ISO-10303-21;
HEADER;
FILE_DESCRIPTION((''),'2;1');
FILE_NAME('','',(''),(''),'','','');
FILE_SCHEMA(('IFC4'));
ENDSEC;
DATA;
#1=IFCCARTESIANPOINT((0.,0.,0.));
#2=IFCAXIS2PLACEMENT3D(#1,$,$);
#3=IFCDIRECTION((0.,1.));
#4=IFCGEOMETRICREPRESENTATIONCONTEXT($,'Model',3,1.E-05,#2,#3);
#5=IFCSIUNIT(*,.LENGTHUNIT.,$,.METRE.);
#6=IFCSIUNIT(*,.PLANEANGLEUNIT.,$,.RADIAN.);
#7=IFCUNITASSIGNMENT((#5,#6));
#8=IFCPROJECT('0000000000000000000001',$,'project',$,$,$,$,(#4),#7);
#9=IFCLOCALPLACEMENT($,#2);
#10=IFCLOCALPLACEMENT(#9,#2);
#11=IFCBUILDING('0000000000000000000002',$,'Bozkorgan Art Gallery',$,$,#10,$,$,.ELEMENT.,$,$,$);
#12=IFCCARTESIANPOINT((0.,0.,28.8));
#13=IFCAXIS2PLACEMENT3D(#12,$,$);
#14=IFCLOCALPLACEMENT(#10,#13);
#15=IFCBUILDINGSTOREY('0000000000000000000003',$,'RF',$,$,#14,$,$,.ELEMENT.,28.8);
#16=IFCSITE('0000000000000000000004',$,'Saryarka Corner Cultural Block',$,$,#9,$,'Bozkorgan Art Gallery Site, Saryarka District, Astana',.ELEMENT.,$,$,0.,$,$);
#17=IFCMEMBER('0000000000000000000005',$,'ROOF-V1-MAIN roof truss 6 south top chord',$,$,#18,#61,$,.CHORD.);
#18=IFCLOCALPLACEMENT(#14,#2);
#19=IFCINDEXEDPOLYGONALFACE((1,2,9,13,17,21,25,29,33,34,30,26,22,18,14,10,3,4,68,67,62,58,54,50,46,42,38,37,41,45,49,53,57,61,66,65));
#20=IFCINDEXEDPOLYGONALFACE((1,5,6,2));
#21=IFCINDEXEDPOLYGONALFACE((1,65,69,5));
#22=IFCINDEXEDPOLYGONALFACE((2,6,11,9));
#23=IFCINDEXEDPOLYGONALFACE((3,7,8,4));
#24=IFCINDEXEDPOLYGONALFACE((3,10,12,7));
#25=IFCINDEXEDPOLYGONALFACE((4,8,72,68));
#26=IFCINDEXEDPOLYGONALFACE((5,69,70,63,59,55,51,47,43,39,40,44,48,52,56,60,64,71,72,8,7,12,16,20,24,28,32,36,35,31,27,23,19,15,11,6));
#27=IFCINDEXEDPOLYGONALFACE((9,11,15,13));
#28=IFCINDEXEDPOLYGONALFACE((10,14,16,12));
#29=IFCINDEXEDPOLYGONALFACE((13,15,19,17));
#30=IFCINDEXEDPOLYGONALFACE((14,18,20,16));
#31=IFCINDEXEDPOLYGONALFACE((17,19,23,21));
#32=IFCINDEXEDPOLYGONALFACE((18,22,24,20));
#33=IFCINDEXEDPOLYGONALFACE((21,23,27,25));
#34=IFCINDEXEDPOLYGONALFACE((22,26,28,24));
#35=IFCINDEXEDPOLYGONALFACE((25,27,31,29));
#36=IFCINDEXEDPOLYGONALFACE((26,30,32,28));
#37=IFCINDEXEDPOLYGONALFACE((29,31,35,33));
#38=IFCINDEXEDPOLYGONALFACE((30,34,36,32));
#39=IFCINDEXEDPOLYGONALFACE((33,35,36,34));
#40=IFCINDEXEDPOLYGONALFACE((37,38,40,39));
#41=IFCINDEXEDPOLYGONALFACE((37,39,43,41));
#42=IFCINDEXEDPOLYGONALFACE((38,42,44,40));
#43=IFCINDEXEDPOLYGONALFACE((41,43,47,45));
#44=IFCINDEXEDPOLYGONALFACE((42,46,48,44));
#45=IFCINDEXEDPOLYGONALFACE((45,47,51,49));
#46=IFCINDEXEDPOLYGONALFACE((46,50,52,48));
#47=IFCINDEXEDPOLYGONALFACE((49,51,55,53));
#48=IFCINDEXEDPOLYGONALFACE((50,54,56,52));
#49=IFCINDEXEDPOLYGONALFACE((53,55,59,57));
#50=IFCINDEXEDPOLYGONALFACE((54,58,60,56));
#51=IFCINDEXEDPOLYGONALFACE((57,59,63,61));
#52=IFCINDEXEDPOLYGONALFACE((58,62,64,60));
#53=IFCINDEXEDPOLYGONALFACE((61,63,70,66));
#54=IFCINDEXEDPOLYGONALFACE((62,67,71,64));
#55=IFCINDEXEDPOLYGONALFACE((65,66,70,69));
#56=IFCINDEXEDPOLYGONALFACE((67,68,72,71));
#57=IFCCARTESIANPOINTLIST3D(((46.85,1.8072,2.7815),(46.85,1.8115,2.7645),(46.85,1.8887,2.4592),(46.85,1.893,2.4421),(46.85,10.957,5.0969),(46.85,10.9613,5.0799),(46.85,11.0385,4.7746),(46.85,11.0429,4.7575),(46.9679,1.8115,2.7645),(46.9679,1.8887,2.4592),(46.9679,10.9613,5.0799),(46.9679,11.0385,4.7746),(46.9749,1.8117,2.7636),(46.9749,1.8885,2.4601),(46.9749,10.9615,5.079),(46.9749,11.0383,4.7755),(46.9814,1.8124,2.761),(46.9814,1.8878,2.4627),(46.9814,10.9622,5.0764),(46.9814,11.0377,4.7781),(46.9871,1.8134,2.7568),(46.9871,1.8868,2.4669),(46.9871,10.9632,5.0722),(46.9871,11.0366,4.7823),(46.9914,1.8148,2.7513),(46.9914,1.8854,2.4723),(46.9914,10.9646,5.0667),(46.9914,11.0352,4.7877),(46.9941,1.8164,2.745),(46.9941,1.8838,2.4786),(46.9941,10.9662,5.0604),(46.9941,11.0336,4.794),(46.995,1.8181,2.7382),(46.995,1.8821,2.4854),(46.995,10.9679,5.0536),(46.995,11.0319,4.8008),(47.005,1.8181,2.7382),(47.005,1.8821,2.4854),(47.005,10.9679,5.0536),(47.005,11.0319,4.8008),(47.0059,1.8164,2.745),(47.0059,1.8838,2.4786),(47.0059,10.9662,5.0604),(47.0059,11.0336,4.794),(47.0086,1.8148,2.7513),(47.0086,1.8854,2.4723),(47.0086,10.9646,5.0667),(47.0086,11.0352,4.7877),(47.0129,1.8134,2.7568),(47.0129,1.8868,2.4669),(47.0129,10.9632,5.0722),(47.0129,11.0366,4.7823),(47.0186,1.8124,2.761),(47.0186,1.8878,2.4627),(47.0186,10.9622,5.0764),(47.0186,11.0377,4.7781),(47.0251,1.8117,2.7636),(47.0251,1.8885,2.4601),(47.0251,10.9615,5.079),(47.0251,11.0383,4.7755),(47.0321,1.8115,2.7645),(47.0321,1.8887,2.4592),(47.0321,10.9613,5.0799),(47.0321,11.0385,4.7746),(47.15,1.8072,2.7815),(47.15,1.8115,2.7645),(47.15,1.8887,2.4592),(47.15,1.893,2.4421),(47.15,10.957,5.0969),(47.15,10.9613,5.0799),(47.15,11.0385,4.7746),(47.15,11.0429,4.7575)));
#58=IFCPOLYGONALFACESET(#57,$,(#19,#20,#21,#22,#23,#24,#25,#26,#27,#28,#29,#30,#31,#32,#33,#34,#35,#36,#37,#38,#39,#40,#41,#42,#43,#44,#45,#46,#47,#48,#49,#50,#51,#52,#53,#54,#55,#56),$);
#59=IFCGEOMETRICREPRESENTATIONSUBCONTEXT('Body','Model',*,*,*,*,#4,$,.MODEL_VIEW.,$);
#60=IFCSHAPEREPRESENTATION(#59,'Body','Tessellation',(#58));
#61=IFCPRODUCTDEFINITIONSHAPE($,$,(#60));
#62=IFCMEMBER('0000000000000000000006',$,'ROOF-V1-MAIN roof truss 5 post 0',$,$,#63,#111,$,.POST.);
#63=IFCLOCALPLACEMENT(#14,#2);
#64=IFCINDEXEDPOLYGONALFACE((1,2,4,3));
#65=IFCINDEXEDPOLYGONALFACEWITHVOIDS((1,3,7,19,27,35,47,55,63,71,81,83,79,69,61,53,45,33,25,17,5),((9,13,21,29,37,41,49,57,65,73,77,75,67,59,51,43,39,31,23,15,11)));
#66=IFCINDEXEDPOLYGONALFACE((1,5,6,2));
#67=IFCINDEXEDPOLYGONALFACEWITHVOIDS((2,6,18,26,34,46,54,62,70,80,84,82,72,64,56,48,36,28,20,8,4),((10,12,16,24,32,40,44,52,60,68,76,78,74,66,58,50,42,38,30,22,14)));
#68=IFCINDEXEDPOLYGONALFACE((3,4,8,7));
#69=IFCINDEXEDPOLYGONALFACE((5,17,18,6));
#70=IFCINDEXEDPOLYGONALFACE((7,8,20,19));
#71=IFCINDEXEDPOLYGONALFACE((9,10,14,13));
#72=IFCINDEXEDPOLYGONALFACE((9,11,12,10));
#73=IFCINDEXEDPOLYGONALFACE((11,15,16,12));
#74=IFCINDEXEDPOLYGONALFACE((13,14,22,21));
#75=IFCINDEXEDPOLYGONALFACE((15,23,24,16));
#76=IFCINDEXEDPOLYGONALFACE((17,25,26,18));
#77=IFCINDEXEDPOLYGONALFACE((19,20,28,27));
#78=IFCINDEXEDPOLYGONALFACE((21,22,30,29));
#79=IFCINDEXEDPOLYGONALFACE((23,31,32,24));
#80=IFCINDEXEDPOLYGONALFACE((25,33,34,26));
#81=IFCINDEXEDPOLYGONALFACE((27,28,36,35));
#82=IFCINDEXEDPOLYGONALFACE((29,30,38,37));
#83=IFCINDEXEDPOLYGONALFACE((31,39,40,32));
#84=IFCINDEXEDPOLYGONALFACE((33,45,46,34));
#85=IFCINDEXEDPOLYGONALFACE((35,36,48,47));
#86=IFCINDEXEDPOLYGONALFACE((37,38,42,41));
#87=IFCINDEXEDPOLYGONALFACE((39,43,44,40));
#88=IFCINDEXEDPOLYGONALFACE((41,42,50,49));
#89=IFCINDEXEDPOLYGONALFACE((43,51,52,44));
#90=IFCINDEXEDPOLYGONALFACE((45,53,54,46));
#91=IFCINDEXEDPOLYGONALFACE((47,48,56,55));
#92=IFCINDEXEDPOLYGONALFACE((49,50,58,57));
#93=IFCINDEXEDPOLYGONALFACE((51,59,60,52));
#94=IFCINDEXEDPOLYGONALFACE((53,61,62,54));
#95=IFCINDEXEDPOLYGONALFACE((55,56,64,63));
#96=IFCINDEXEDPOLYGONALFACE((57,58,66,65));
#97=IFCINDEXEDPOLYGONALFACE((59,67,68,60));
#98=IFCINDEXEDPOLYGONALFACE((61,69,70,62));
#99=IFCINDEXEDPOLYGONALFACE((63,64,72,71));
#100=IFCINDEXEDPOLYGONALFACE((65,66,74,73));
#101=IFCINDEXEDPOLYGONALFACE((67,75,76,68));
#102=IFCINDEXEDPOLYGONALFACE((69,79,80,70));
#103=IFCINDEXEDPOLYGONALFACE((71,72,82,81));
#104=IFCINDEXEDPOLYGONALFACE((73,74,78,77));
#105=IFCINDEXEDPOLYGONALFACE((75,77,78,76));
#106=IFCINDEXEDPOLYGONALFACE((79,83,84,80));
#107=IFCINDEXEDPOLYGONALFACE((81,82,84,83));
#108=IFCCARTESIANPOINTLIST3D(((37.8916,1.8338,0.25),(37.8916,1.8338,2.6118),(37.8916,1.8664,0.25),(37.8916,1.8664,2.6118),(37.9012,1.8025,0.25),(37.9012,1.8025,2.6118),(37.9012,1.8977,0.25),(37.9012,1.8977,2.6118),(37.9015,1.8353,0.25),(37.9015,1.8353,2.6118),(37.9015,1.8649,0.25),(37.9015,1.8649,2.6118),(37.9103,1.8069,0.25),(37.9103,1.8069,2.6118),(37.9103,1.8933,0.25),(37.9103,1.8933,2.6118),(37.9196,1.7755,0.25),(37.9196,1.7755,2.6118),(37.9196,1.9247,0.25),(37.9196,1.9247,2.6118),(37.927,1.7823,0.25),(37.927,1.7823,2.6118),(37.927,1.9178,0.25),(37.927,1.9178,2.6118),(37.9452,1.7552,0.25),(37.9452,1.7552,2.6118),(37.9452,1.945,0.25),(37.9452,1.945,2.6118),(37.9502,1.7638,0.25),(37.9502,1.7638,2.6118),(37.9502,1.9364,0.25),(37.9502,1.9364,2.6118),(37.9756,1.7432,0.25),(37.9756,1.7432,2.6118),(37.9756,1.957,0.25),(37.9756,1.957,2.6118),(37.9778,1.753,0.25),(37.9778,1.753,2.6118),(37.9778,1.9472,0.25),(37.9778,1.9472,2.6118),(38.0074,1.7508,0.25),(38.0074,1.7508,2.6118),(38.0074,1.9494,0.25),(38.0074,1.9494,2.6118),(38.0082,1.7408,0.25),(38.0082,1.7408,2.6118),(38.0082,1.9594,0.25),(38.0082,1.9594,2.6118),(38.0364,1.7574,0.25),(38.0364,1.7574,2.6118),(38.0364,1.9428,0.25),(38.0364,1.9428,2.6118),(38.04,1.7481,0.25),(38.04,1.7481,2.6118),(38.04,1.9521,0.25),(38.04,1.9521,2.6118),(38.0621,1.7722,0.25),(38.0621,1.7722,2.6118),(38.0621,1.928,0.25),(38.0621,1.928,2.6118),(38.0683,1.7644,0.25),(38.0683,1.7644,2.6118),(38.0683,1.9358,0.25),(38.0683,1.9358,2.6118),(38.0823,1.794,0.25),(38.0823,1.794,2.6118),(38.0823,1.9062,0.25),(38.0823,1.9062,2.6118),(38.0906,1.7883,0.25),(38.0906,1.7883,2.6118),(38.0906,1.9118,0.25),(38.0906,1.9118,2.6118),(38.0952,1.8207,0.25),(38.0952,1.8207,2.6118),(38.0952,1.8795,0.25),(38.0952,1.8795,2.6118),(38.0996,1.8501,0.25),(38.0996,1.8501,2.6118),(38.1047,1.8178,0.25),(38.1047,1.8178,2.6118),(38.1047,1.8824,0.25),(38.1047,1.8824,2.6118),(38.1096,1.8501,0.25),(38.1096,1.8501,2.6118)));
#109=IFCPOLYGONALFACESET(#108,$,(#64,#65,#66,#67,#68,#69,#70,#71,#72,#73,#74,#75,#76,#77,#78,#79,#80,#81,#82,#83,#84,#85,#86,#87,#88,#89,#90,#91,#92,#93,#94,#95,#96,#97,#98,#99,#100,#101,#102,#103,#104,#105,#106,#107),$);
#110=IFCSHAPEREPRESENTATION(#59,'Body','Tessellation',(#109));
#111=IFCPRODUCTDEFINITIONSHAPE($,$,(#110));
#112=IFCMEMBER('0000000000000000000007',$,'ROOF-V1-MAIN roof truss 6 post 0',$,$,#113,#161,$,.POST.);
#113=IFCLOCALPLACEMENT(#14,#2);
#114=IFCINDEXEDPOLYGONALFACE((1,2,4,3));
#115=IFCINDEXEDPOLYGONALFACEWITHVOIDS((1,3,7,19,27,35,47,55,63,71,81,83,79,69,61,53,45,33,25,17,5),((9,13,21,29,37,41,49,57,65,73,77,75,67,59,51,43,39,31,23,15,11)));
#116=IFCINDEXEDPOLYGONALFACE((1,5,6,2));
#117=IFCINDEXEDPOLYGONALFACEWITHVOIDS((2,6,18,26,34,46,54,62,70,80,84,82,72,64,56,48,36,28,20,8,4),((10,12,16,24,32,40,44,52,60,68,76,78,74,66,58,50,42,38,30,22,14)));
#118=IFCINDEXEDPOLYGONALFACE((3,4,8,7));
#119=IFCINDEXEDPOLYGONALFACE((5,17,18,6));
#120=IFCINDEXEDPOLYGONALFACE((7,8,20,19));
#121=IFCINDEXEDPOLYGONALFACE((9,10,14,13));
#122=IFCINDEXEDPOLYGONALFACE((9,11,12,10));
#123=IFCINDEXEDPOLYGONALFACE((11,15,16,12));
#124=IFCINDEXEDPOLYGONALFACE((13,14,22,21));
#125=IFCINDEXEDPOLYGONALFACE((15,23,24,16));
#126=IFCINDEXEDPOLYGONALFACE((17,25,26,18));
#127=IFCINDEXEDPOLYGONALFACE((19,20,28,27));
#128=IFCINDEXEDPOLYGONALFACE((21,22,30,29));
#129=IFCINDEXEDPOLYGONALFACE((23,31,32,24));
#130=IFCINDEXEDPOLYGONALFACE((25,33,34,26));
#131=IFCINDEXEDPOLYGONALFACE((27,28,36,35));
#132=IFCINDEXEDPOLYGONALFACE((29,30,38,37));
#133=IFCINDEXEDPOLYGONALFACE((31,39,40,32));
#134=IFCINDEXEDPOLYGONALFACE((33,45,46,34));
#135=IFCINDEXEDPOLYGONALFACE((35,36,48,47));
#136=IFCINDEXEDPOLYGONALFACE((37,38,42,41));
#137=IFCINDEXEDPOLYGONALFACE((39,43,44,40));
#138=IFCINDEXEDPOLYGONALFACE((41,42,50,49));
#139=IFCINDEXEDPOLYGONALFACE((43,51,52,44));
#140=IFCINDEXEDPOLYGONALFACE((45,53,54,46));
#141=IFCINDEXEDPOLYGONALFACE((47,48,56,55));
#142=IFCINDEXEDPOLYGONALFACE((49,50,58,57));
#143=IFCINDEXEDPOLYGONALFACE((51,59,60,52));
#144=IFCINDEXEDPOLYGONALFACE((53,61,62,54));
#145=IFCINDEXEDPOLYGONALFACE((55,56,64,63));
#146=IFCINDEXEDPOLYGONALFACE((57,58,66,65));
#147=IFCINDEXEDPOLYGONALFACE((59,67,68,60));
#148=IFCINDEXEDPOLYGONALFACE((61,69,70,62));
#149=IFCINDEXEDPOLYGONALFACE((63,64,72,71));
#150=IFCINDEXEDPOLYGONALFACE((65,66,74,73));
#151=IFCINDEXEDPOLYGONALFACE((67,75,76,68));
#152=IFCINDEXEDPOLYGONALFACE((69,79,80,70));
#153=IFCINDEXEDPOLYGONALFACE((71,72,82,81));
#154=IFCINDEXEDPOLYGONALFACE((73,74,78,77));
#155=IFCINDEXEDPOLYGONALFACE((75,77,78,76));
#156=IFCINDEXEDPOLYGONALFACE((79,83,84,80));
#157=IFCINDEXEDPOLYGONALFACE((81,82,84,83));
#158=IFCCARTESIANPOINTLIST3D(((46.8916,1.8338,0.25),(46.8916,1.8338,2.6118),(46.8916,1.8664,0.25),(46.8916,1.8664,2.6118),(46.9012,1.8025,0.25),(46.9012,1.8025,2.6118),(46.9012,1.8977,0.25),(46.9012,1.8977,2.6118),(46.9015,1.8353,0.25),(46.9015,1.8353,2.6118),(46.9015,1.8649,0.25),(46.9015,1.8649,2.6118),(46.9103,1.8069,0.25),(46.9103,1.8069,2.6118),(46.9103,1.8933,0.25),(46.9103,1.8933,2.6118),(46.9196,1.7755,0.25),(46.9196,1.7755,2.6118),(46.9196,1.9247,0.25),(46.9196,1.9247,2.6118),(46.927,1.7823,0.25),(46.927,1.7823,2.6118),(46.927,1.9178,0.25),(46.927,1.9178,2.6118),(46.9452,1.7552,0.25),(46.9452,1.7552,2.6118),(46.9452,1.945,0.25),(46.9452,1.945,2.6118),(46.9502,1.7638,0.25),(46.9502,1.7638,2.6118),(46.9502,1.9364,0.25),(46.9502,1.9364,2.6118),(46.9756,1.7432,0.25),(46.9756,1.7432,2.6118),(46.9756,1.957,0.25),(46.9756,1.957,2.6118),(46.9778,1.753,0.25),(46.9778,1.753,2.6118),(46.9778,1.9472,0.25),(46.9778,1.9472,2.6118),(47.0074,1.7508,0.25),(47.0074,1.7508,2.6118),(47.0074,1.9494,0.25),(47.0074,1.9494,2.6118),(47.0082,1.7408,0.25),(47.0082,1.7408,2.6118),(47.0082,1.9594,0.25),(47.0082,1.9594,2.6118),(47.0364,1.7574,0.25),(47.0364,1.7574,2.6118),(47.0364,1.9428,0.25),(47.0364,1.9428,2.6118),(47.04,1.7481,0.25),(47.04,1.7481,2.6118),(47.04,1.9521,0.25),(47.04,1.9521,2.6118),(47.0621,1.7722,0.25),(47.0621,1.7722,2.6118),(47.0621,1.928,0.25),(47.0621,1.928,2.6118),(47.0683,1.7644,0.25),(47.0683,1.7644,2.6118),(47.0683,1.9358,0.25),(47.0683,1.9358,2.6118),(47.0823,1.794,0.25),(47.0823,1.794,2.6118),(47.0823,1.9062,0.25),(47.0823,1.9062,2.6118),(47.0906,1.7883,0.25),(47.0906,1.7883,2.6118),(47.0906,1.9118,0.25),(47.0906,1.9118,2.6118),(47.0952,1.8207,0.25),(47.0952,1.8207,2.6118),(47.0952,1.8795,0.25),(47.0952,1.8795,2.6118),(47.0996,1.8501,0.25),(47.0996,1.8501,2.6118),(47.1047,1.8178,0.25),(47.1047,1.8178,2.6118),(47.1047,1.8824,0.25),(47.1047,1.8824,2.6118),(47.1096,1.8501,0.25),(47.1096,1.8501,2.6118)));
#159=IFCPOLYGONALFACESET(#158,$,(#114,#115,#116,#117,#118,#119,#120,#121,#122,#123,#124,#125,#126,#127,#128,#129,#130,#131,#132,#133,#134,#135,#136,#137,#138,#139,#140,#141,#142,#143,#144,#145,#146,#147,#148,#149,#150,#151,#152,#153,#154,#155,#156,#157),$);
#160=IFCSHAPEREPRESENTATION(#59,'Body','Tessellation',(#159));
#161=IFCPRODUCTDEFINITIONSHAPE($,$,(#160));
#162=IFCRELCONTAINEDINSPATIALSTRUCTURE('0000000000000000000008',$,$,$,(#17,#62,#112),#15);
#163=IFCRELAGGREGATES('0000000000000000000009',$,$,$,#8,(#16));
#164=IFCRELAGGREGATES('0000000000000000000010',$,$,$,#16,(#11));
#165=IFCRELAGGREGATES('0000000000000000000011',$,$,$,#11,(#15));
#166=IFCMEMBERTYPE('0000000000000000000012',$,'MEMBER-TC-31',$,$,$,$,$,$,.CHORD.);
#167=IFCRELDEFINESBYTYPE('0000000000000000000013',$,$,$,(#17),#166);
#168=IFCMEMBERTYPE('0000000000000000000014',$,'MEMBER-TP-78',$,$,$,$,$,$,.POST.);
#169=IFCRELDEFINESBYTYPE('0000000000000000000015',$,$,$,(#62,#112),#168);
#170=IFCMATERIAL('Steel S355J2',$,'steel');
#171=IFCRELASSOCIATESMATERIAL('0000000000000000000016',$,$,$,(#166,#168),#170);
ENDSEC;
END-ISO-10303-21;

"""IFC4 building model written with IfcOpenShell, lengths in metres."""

from ifc_helpers import new_model, si_unit, direction, frame, origin, origin_2d, place, context, subcontext, project, spatial, hollow_circle, i_section, extrude, material, material_profile, profile_set, type_object, element, save


model = new_model("IFC4")

# Units and contexts
model_context = context("Model", 3, precision=1e-05, world=origin(), true_north=direction((0.0, 1.0)))
body_context = subcontext(model_context, "Body", "Model", "MODEL_VIEW")
ifc_project = project(units=[si_unit("LENGTHUNIT", "METRE"), si_unit("PLANEANGLEUNIT", "RADIAN")], contexts=[model_context])

# Site, building, storey
site_placement = place(None, origin())
site = spatial("IfcSite", under=ifc_project, at=site_placement, Name="Saryarka Corner Cultural Block", LongName="Bozkorgan Art Gallery Site, Saryarka District, Astana", CompositionType="ELEMENT", RefElevation=0.0)
building_placement = place(site_placement, origin())
building = spatial("IfcBuilding", under=site, at=building_placement, Name="Bozkorgan Art Gallery", CompositionType="ELEMENT")
storey_placement = place(building_placement, frame((0.0, 0.0, 28.8)))
storey = spatial("IfcBuildingStorey", under=building, at=storey_placement, Name="RF", CompositionType="ELEMENT", Elevation=28.8)

# Shared definitions
ifc_material_1 = material(Name="Steel S355J2", Category="steel")

# Members
ifc_material_profile_1 = material_profile(ifc_material_1, i_section(OverallWidth=0.3, OverallDepth=0.3501, WebThickness=0.01, FlangeThickness=0.0176, FilletRadius=0.0271, at=origin_2d()), Name="HEA 360")
ifc_profile_set_1 = profile_set([ifc_material_profile_1], Name="Steel S355J2")
member_type_1 = type_object("IfcMemberType", Name="MEMBER-TC-31", PredefinedType="CHORD", material=ifc_profile_set_1)
for number, where, z_axis, x_axis, name in (
    (1, (47.0, 1.8501, 2.6118), (0.0, 0.969442, 0.245322), (-1.0, 0.0, 0.0), "ROOF-V1-MAIN roof truss 6 south top chord"),
):
    element("IfcMember", number, at=place(storey_placement, frame(where, z_axis=z_axis, x_axis=x_axis)), inside=storey, type_object=member_type_1, Name=name, PredefinedType="CHORD", context=body_context, shape_type="SweptSolid", body=[
        extrude(i_section(OverallWidth=0.3, OverallDepth=0.3501, WebThickness=0.01, FlangeThickness=0.0176, FilletRadius=0.0271, at=origin_2d()), origin(), (0.0, 0.0, 1.0), 9.4382),
    ])
ifc_material_profile_2 = material_profile(ifc_material_1, hollow_circle(Radius=0.1096, WallThickness=0.01, at=origin_2d()), Name="CHS 219.1x10")
ifc_profile_set_2 = profile_set([ifc_material_profile_2], Name="Steel S355J2")
member_type_2 = type_object("IfcMemberType", Name="MEMBER-TP-78", PredefinedType="POST", material=ifc_profile_set_2)
for number, where, z_axis, x_axis, name in (
    (2, (38.0, 1.8501, 0.25), (0.0, 0.0, 1.0), (1.0, 0.0, 0.0), "ROOF-V1-MAIN roof truss 5 post 0"),
    (3, (47.0, 1.8501, 0.25), (0.0, 0.0, 1.0), (1.0, 0.0, 0.0), "ROOF-V1-MAIN roof truss 6 post 0"),
):
    element("IfcMember", number, at=place(storey_placement, frame(where, z_axis=z_axis, x_axis=x_axis)), inside=storey, type_object=member_type_2, Name=name, PredefinedType="POST", context=body_context, shape_type="SweptSolid", body=[
        extrude(hollow_circle(Radius=0.1096, WallThickness=0.01, at=origin_2d()), origin(), (0.0, 0.0, 1.0), 2.3618),
    ])

save(model, "model.ifc")
